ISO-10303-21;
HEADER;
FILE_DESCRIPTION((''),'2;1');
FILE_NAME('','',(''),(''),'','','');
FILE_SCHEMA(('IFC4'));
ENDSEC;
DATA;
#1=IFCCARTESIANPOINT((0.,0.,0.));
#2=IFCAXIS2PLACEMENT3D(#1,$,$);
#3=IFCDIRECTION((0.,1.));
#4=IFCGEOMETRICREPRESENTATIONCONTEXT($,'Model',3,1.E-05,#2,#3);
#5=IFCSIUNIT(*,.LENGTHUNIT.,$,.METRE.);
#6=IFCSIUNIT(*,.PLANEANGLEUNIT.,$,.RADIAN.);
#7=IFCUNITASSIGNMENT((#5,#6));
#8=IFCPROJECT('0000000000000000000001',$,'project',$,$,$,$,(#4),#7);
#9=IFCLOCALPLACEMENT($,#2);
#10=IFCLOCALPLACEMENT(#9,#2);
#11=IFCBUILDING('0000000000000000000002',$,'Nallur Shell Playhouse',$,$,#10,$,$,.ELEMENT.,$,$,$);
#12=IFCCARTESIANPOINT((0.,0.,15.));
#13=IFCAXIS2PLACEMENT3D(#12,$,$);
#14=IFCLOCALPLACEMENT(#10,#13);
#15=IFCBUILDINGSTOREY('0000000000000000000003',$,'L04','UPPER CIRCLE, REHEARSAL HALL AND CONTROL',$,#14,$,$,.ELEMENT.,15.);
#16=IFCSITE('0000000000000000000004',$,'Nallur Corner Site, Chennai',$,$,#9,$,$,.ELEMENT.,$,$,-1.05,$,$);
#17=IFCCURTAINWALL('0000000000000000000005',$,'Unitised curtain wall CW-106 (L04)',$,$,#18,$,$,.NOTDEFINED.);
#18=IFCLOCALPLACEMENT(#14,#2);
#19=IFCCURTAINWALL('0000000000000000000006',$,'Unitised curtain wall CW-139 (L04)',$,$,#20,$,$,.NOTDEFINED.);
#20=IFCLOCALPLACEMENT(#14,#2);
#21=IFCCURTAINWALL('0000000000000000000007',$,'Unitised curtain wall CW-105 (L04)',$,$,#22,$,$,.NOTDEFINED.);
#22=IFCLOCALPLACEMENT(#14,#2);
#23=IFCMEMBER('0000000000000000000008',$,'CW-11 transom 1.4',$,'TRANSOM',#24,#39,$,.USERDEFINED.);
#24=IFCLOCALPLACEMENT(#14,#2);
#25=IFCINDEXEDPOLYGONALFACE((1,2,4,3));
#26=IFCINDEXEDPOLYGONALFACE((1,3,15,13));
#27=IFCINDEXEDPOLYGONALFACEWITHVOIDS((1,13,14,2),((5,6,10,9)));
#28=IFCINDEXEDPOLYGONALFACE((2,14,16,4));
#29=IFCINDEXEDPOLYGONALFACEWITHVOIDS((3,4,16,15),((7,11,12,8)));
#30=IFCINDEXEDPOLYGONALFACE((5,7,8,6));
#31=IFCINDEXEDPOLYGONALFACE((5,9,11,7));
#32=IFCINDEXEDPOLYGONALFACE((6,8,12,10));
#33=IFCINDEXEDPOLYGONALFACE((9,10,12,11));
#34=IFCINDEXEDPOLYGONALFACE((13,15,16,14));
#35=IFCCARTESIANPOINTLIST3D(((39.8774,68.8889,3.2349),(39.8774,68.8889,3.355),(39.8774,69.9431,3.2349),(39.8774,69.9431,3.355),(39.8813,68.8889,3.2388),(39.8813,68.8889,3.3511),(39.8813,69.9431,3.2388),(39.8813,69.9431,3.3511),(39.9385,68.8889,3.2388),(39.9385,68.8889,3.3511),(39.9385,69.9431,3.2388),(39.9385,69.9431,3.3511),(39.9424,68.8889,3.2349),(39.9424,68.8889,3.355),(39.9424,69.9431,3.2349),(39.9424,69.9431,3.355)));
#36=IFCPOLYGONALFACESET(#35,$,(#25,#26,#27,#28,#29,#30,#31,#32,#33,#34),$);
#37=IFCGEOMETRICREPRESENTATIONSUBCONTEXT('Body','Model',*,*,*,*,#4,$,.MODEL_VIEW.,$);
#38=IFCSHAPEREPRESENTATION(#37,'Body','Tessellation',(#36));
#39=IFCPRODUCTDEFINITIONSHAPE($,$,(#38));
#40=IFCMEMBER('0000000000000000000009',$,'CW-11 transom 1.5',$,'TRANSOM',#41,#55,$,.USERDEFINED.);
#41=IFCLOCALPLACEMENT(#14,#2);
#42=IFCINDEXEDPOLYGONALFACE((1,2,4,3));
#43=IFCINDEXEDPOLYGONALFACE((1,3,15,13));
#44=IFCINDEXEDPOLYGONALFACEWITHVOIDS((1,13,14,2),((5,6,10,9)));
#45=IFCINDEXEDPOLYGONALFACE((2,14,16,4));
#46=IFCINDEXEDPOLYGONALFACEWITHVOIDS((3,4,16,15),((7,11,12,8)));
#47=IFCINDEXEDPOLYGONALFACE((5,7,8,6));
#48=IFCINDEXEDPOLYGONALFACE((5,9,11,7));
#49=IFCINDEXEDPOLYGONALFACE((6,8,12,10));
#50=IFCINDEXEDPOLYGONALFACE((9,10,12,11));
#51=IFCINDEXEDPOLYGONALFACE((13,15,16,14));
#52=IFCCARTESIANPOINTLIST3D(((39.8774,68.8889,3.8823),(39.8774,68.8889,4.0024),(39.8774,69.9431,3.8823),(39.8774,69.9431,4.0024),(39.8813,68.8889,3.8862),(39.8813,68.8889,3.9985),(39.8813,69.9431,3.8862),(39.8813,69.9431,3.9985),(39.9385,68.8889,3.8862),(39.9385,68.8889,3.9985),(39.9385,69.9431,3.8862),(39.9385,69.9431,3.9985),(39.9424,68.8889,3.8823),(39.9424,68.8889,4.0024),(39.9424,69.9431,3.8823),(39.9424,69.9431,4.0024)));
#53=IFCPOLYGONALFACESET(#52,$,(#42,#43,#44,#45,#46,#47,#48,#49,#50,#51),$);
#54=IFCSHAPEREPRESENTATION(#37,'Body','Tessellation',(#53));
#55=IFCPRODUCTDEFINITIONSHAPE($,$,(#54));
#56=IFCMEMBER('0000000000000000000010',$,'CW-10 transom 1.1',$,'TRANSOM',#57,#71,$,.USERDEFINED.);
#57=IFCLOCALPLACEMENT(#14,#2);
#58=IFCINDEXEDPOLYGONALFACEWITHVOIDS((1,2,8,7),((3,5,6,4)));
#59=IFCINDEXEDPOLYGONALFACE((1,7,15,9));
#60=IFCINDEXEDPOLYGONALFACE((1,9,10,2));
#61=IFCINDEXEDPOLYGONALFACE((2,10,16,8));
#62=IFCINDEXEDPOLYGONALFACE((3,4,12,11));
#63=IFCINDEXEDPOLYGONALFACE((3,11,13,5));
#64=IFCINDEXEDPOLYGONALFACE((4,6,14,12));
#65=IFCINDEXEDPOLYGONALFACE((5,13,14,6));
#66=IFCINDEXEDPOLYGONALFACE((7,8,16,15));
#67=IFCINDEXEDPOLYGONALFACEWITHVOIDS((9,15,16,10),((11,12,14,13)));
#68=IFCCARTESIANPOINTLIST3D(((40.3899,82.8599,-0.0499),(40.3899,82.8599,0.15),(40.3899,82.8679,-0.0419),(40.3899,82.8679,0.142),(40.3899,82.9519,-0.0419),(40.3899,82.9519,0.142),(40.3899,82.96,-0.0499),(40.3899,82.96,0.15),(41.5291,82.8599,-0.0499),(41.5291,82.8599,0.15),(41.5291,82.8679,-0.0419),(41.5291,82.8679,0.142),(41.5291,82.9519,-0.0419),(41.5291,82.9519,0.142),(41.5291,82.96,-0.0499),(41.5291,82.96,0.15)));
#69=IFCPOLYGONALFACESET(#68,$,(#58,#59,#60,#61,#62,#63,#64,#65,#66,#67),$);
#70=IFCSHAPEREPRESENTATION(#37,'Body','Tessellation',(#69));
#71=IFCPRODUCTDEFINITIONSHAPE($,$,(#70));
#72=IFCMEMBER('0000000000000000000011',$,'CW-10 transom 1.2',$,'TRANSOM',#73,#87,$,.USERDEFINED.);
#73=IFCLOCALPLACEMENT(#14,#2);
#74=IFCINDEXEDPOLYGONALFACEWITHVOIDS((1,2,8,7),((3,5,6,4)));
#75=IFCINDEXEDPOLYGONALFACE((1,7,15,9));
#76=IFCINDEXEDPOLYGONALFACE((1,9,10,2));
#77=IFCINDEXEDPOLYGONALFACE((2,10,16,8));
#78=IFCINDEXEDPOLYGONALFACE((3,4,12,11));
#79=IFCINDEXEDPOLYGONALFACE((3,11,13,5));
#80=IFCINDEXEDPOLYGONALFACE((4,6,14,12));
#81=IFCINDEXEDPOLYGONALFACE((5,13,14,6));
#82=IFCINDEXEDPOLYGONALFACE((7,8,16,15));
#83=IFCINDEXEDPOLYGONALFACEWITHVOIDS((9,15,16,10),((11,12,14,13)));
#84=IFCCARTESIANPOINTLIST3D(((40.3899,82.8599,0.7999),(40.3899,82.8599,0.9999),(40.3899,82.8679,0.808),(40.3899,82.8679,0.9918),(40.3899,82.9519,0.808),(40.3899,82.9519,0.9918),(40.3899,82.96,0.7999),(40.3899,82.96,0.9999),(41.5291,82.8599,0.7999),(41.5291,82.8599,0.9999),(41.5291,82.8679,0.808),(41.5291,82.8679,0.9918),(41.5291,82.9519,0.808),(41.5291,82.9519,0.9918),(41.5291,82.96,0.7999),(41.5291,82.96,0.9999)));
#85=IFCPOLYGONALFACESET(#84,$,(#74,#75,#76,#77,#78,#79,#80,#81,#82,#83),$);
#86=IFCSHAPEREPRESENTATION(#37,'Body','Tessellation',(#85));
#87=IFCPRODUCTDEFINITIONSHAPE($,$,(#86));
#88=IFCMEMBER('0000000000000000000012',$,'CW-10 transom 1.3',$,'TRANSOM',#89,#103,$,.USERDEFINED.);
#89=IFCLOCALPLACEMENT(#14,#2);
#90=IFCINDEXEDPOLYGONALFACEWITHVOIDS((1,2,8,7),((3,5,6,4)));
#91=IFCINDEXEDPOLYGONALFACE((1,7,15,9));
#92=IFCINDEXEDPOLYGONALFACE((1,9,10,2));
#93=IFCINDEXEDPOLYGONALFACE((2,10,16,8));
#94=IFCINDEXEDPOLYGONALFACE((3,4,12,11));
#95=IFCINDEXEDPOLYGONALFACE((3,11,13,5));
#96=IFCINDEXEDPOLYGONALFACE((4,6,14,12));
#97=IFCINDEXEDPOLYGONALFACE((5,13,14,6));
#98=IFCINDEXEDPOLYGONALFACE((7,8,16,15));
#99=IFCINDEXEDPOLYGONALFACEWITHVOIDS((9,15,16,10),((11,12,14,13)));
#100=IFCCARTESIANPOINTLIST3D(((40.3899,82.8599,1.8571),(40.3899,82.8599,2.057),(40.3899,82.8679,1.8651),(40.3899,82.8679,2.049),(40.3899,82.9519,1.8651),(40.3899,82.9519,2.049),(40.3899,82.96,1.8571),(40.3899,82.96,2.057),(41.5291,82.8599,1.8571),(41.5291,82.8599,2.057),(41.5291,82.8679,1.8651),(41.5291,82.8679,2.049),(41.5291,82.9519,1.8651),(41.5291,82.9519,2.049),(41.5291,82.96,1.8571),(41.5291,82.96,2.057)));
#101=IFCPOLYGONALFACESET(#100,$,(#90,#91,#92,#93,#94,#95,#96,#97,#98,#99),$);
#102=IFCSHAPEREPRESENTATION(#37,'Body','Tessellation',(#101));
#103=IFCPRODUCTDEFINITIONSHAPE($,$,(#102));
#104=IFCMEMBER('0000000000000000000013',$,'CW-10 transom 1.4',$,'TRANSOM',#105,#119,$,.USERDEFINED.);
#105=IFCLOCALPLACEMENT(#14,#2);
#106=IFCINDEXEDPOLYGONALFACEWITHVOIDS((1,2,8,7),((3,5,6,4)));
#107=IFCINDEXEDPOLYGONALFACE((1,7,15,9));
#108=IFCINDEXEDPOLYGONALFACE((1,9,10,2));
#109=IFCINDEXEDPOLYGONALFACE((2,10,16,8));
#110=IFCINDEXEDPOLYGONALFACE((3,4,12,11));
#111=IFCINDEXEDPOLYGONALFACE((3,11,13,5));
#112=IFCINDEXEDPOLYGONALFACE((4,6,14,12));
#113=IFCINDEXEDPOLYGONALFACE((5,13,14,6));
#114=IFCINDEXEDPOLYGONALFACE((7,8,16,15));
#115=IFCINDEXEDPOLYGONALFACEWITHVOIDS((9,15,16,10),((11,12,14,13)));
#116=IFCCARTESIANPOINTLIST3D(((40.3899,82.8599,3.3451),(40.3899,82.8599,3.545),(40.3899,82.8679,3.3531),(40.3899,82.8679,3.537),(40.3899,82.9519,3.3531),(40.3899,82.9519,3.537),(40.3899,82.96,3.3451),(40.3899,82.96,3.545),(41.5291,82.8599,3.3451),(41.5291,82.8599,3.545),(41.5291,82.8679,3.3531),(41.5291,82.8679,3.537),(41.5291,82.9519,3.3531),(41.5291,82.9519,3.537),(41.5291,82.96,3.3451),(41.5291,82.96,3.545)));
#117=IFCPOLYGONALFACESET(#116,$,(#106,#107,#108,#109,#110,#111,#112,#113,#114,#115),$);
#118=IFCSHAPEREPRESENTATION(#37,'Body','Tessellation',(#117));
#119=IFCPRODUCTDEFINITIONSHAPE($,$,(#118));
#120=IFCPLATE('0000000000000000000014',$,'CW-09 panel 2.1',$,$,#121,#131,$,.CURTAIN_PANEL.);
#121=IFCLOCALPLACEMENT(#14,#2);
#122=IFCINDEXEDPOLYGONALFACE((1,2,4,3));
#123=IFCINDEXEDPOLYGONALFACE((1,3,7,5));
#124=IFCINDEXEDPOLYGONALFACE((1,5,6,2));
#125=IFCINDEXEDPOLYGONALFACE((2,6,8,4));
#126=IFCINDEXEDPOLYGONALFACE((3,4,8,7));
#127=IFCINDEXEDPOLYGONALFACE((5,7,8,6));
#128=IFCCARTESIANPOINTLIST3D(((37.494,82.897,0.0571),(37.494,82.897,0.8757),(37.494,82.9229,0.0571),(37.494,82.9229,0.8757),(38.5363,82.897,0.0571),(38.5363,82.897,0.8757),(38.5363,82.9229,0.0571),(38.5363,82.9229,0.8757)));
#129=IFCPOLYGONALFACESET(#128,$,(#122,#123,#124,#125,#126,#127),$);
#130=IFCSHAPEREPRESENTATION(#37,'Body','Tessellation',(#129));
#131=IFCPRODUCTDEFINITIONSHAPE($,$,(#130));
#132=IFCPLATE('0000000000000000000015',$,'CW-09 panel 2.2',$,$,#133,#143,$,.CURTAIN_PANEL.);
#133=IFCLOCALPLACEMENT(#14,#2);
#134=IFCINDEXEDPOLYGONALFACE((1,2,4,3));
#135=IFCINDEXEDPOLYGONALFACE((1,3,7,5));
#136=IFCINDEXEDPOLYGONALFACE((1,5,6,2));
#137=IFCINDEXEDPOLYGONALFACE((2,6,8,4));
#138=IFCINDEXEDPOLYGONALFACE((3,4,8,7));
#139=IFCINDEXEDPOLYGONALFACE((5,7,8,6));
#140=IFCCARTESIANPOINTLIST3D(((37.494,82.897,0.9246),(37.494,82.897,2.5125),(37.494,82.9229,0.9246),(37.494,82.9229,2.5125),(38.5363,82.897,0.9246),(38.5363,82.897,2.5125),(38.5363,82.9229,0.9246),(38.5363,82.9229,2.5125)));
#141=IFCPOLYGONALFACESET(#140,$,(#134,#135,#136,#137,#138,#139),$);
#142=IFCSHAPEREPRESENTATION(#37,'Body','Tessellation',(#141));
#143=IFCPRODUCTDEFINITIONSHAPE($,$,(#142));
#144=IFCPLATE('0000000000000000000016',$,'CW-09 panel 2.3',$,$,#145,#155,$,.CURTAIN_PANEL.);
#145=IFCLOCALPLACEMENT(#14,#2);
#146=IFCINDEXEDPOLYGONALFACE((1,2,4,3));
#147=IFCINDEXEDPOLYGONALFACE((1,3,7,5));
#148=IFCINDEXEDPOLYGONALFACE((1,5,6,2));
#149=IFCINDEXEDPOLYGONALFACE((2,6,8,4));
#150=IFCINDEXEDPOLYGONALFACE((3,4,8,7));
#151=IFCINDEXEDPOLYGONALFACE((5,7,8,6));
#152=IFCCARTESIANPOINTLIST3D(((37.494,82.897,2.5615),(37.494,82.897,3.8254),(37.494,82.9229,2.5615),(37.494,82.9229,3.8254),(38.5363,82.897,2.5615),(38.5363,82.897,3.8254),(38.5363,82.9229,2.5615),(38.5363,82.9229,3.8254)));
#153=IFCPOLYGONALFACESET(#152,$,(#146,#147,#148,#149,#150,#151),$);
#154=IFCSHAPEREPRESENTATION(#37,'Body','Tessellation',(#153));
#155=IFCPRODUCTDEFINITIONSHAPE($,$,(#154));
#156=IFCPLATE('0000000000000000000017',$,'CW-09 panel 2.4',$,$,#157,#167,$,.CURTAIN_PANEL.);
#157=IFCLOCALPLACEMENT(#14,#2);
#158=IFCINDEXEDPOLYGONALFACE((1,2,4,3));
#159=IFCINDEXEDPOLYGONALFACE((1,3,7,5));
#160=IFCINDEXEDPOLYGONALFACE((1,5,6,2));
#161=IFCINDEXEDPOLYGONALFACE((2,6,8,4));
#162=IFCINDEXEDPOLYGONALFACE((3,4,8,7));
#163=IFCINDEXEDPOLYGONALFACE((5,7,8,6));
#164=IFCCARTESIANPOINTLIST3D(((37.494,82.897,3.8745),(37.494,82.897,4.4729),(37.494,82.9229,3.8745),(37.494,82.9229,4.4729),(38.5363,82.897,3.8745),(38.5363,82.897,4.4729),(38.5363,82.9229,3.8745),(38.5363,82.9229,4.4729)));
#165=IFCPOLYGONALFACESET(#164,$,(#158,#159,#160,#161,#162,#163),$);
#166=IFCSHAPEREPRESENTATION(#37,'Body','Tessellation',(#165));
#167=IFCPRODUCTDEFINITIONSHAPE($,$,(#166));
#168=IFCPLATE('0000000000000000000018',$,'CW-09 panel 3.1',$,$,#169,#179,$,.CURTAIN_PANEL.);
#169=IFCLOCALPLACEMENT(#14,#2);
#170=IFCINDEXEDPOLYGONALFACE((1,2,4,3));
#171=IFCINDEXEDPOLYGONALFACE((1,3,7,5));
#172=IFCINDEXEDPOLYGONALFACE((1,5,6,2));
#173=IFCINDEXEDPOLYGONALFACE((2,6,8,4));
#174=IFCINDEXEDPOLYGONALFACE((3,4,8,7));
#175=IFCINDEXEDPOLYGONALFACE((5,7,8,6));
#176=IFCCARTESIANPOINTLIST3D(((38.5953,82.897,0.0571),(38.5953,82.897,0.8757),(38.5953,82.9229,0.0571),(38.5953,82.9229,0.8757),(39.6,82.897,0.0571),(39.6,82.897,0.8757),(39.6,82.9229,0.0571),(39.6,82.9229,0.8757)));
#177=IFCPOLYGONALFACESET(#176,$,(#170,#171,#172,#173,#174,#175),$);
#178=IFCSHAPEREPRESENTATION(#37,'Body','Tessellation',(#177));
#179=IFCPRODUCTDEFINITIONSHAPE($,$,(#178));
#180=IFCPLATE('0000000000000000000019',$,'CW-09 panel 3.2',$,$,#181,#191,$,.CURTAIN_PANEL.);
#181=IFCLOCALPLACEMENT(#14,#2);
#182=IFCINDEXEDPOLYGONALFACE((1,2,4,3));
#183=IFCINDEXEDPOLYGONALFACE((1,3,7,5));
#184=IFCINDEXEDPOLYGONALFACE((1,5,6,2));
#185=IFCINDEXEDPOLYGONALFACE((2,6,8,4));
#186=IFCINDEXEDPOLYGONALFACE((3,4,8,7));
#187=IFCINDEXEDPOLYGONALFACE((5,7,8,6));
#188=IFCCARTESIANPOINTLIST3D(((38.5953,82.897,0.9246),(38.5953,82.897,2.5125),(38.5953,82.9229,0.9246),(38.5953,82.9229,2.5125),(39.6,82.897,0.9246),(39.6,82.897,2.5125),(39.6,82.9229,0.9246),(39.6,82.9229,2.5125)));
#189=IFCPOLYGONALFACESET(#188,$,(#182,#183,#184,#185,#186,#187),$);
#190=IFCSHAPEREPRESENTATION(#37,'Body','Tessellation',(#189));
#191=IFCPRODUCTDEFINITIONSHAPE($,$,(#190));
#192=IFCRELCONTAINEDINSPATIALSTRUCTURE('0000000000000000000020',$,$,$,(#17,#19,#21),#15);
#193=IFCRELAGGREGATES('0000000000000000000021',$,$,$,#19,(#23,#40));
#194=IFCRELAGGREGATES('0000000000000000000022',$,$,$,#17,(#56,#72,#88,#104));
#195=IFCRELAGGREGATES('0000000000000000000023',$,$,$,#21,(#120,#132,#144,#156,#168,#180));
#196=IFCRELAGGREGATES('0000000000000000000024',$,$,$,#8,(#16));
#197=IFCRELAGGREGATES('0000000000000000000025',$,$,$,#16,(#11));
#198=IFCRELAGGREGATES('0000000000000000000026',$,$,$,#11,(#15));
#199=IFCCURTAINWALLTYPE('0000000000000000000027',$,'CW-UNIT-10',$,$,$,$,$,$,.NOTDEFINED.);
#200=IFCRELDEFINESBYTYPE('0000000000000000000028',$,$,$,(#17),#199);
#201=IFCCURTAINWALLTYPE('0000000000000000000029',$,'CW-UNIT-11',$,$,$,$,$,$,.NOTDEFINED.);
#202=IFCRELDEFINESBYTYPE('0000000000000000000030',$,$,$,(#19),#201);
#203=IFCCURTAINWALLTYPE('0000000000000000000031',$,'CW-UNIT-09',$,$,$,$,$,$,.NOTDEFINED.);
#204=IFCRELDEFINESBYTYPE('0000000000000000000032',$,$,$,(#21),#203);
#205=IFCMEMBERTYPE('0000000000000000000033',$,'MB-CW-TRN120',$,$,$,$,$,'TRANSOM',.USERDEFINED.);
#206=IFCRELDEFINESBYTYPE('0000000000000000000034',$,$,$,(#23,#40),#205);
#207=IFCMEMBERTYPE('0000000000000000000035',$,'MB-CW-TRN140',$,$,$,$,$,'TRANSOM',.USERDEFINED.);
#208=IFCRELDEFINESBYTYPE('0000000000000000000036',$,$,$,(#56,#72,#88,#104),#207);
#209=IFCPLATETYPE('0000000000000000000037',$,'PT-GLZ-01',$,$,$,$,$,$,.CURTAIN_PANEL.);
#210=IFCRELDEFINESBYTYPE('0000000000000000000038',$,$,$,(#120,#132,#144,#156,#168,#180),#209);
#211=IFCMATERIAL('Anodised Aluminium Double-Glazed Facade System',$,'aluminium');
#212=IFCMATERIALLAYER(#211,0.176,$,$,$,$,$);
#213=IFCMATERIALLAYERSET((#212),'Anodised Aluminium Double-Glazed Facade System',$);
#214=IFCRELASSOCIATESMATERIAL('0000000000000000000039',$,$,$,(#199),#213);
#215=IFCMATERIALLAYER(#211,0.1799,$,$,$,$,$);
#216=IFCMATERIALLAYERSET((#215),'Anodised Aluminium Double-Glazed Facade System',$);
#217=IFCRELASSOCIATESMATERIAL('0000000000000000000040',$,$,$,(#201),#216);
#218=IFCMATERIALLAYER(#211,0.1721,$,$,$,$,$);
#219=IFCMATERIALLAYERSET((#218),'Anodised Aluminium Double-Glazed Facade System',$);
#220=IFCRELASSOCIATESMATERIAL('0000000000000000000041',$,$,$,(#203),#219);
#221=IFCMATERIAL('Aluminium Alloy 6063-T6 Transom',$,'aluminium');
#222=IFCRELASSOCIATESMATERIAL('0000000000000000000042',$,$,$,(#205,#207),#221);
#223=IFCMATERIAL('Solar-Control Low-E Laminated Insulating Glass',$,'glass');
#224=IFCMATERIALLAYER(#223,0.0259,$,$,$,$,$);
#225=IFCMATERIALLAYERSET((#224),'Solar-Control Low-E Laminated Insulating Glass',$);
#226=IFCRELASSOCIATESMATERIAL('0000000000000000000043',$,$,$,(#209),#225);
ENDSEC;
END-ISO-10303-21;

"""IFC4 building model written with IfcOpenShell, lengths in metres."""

from ifc_helpers import new_model, si_unit, direction, frame, origin, origin_2d, place, context, subcontext, project, spatial, rectangle, hollow_rectangle, extrude, material, layer, layer_set, material_profile, profile_set, type_object, element, aggregate, save


model = new_model("IFC4")

# Units and contexts
model_context = context("Model", 3, precision=1e-05, world=origin(), true_north=direction((0.0, 1.0)))
body_context = subcontext(model_context, "Body", "Model", "MODEL_VIEW")
ifc_project = project(units=[si_unit("LENGTHUNIT", "METRE"), si_unit("PLANEANGLEUNIT", "RADIAN")], contexts=[model_context])

# Site, building, storey
site_placement = place(None, origin())
site = spatial("IfcSite", under=ifc_project, at=site_placement, Name="Nallur Corner Site, Chennai", CompositionType="ELEMENT", RefElevation=-1.05)
building_placement = place(site_placement, origin())
building = spatial("IfcBuilding", under=site, at=building_placement, Name="Nallur Shell Playhouse", CompositionType="ELEMENT")
storey_placement = place(building_placement, frame((0.0, 0.0, 15.0)))
storey = spatial("IfcBuildingStorey", under=building, at=storey_placement, Name="L04", Description="UPPER CIRCLE, REHEARSAL HALL AND CONTROL", CompositionType="ELEMENT", Elevation=15.0)

# Curtain walls
ifc_material_1 = material(Name="Anodised Aluminium Double-Glazed Facade System", Category="aluminium")
ifc_layer_1 = layer(ifc_material_1, 0.176)
ifc_layer_set_1 = layer_set([ifc_layer_1], Name="Anodised Aluminium Double-Glazed Facade System")
curtain_wall_type_1 = type_object("IfcCurtainWallType", Name="CW-UNIT-10", PredefinedType="NOTDEFINED", material=ifc_layer_set_1)
curtain_wall_1_placement = place(storey_placement, origin())
curtain_wall_1 = element("IfcCurtainWall", 1, at=curtain_wall_1_placement, inside=storey, type_object=curtain_wall_type_1, Name="Unitised curtain wall CW-106 (L04)", PredefinedType="NOTDEFINED")
ifc_layer_2 = layer(ifc_material_1, 0.1799)
ifc_layer_set_2 = layer_set([ifc_layer_2], Name="Anodised Aluminium Double-Glazed Facade System")
curtain_wall_type_2 = type_object("IfcCurtainWallType", Name="CW-UNIT-11", PredefinedType="NOTDEFINED", material=ifc_layer_set_2)
curtain_wall_2_placement = place(storey_placement, origin())
curtain_wall_2 = element("IfcCurtainWall", 2, at=curtain_wall_2_placement, inside=storey, type_object=curtain_wall_type_2, Name="Unitised curtain wall CW-139 (L04)", PredefinedType="NOTDEFINED")

# Curtain wall
ifc_layer_3 = layer(ifc_material_1, 0.1721)
ifc_layer_set_3 = layer_set([ifc_layer_3], Name="Anodised Aluminium Double-Glazed Facade System")
curtain_wall_type_3 = type_object("IfcCurtainWallType", Name="CW-UNIT-09", PredefinedType="NOTDEFINED", material=ifc_layer_set_3)
curtain_wall_3_placement = place(storey_placement, origin())
curtain_wall_3 = element("IfcCurtainWall", 3, at=curtain_wall_3_placement, inside=storey, type_object=curtain_wall_type_3, Name="Unitised curtain wall CW-105 (L04)", PredefinedType="NOTDEFINED")
ifc_material_2 = material(Name="Aluminium Alloy 6063-T6 Transom", Category="aluminium")
ifc_material_profile_1 = material_profile(ifc_material_2, hollow_rectangle(XDim=0.0649, YDim=0.1201, WallThickness=0.0039, at=origin_2d()), Name="ALU 65x120x4")
ifc_profile_set_1 = profile_set([ifc_material_profile_1], Name="Aluminium Alloy 6063-T6 Transom")
member_type_1 = type_object("IfcMemberType", Name="MB-CW-TRN120", ElementType="TRANSOM", PredefinedType="USERDEFINED", material=ifc_profile_set_1)

# Members
member_1_placement = place(storey_placement, frame((39.9099, 69.9431, 3.2949), z_axis=(0.0, -1.0, 0.0), x_axis=(1.0, 0.0, 0.0)))
member_1 = element("IfcMember", 4, at=member_1_placement, type_object=member_type_1, Name="CW-11 transom 1.4", ObjectType="TRANSOM", PredefinedType="USERDEFINED", context=body_context, shape_type="SweptSolid", body=[
    extrude(hollow_rectangle(XDim=0.0649, YDim=0.1201, WallThickness=0.0039, at=origin_2d()), origin(), (0.0, 0.0, 1.0), 1.0542),
])
member_2_placement = place(storey_placement, frame((39.9099, 69.9431, 3.9424), z_axis=(0.0, -1.0, 0.0), x_axis=(1.0, 0.0, 0.0)))
member_2 = element("IfcMember", 5, at=member_2_placement, type_object=member_type_1, Name="CW-11 transom 1.5", ObjectType="TRANSOM", PredefinedType="USERDEFINED", context=body_context, shape_type="SweptSolid", body=[
    extrude(hollow_rectangle(XDim=0.0649, YDim=0.1201, WallThickness=0.0039, at=origin_2d()), origin(), (0.0, 0.0, 1.0), 1.0542),
])
aggregate(curtain_wall_2, [member_1, member_2])
ifc_material_profile_2 = material_profile(ifc_material_2, hollow_rectangle(XDim=0.1001, YDim=0.2, WallThickness=0.0081, at=origin_2d()), Name="RHS 200x100x8")
ifc_profile_set_2 = profile_set([ifc_material_profile_2], Name="Aluminium Alloy 6063-T6 Transom")
member_type_2 = type_object("IfcMemberType", Name="MB-CW-TRN140", ElementType="TRANSOM", PredefinedType="USERDEFINED", material=ifc_profile_set_2)
member_3_placement = place(storey_placement, frame((40.3899, 82.9099, 0.05), z_axis=(1.0, 0.0, 0.0), x_axis=(0.0, 1.0, 0.0)))
member_3 = element("IfcMember", 6, at=member_3_placement, type_object=member_type_2, Name="CW-10 transom 1.1", ObjectType="TRANSOM", PredefinedType="USERDEFINED", context=body_context, shape_type="SweptSolid", body=[
    extrude(hollow_rectangle(XDim=0.1001, YDim=0.2, WallThickness=0.0081, at=origin_2d()), origin(), (0.0, 0.0, 1.0), 1.1392),
])
member_4_placement = place(storey_placement, frame((40.3899, 82.9099, 0.8999), z_axis=(1.0, 0.0, 0.0), x_axis=(0.0, 1.0, 0.0)))
member_4 = element("IfcMember", 7, at=member_4_placement, type_object=member_type_2, Name="CW-10 transom 1.2", ObjectType="TRANSOM", PredefinedType="USERDEFINED", context=body_context, shape_type="SweptSolid", body=[
    extrude(hollow_rectangle(XDim=0.1001, YDim=0.2, WallThickness=0.0081, at=origin_2d()), origin(), (0.0, 0.0, 1.0), 1.1392),
])
member_5_placement = place(storey_placement, frame((40.3899, 82.9099, 1.957), z_axis=(1.0, 0.0, 0.0), x_axis=(0.0, 1.0, 0.0)))
member_5 = element("IfcMember", 8, at=member_5_placement, type_object=member_type_2, Name="CW-10 transom 1.3", ObjectType="TRANSOM", PredefinedType="USERDEFINED", context=body_context, shape_type="SweptSolid", body=[
    extrude(hollow_rectangle(XDim=0.1001, YDim=0.2, WallThickness=0.0081, at=origin_2d()), origin(), (0.0, 0.0, 1.0), 1.1392),
])
member_6_placement = place(storey_placement, frame((40.3899, 82.9099, 3.4451), z_axis=(1.0, 0.0, 0.0), x_axis=(0.0, 1.0, 0.0)))
member_6 = element("IfcMember", 9, at=member_6_placement, type_object=member_type_2, Name="CW-10 transom 1.4", ObjectType="TRANSOM", PredefinedType="USERDEFINED", context=body_context, shape_type="SweptSolid", body=[
    extrude(hollow_rectangle(XDim=0.1001, YDim=0.2, WallThickness=0.0081, at=origin_2d()), origin(), (0.0, 0.0, 1.0), 1.1392),
])
aggregate(curtain_wall_1, [member_3, member_4, member_5, member_6])

# Plates
ifc_material_3 = material(Name="Solar-Control Low-E Laminated Insulating Glass", Category="glass")
ifc_layer_4 = layer(ifc_material_3, 0.0259)
ifc_layer_set_4 = layer_set([ifc_layer_4], Name="Solar-Control Low-E Laminated Insulating Glass")
plate_type = type_object("IfcPlateType", Name="PT-GLZ-01", PredefinedType="CURTAIN_PANEL", material=ifc_layer_set_4)
plate_1_placement = place(storey_placement, frame((38.0151, 82.9099, 0.0571), z_axis=(0.0, 0.0, 1.0), x_axis=(1.0, 0.0, 0.0)))
plate_1 = element("IfcPlate", 10, at=plate_1_placement, type_object=plate_type, Name="CW-09 panel 2.1", PredefinedType="CURTAIN_PANEL", context=body_context, shape_type="SweptSolid", body=[
    extrude(rectangle(XDim=1.0422, YDim=0.0259, at=origin_2d()), origin(), (0.0, 0.0, 1.0), 0.8186),
])
plate_2_placement = place(storey_placement, frame((38.0151, 82.9099, 0.9246), z_axis=(0.0, 0.0, 1.0), x_axis=(1.0, 0.0, 0.0)))
plate_2 = element("IfcPlate", 11, at=plate_2_placement, type_object=plate_type, Name="CW-09 panel 2.2", PredefinedType="CURTAIN_PANEL", context=body_context, shape_type="SweptSolid", body=[
    extrude(rectangle(XDim=1.0422, YDim=0.0259, at=origin_2d()), origin(), (0.0, 0.0, 1.0), 1.5879),
])
plate_3_placement = place(storey_placement, frame((38.0151, 82.9099, 2.5615), z_axis=(0.0, 0.0, 1.0), x_axis=(1.0, 0.0, 0.0)))
plate_3 = element("IfcPlate", 12, at=plate_3_placement, type_object=plate_type, Name="CW-09 panel 2.3", PredefinedType="CURTAIN_PANEL", context=body_context, shape_type="SweptSolid", body=[
    extrude(rectangle(XDim=1.0422, YDim=0.0259, at=origin_2d()), origin(), (0.0, 0.0, 1.0), 1.2639),
])
plate_4_placement = place(storey_placement, frame((38.0151, 82.9099, 3.8745), z_axis=(0.0, 0.0, 1.0), x_axis=(1.0, 0.0, 0.0)))
plate_4 = element("IfcPlate", 13, at=plate_4_placement, type_object=plate_type, Name="CW-09 panel 2.4", PredefinedType="CURTAIN_PANEL", context=body_context, shape_type="SweptSolid", body=[
    extrude(rectangle(XDim=1.0422, YDim=0.0259, at=origin_2d()), origin(), (0.0, 0.0, 1.0), 0.5984),
])
plate_5_placement = place(storey_placement, frame((39.0977, 82.9099, 0.0571), z_axis=(0.0, 0.0, 1.0), x_axis=(1.0, 0.0, 0.0)))
plate_5 = element("IfcPlate", 14, at=plate_5_placement, type_object=plate_type, Name="CW-09 panel 3.1", PredefinedType="CURTAIN_PANEL", context=body_context, shape_type="SweptSolid", body=[
    extrude(rectangle(XDim=1.0046, YDim=0.0259, at=origin_2d()), origin(), (0.0, 0.0, 1.0), 0.8186),
])
plate_6_placement = place(storey_placement, frame((39.0977, 82.9099, 0.9246), z_axis=(0.0, 0.0, 1.0), x_axis=(1.0, 0.0, 0.0)))
plate_6 = element("IfcPlate", 15, at=plate_6_placement, type_object=plate_type, Name="CW-09 panel 3.2", PredefinedType="CURTAIN_PANEL", context=body_context, shape_type="SweptSolid", body=[
    extrude(rectangle(XDim=1.0046, YDim=0.0259, at=origin_2d()), origin(), (0.0, 0.0, 1.0), 1.5879),
])
aggregate(curtain_wall_3, [plate_1, plate_2, plate_3, plate_4, plate_5, plate_6])

save(model, "model.ifc")
